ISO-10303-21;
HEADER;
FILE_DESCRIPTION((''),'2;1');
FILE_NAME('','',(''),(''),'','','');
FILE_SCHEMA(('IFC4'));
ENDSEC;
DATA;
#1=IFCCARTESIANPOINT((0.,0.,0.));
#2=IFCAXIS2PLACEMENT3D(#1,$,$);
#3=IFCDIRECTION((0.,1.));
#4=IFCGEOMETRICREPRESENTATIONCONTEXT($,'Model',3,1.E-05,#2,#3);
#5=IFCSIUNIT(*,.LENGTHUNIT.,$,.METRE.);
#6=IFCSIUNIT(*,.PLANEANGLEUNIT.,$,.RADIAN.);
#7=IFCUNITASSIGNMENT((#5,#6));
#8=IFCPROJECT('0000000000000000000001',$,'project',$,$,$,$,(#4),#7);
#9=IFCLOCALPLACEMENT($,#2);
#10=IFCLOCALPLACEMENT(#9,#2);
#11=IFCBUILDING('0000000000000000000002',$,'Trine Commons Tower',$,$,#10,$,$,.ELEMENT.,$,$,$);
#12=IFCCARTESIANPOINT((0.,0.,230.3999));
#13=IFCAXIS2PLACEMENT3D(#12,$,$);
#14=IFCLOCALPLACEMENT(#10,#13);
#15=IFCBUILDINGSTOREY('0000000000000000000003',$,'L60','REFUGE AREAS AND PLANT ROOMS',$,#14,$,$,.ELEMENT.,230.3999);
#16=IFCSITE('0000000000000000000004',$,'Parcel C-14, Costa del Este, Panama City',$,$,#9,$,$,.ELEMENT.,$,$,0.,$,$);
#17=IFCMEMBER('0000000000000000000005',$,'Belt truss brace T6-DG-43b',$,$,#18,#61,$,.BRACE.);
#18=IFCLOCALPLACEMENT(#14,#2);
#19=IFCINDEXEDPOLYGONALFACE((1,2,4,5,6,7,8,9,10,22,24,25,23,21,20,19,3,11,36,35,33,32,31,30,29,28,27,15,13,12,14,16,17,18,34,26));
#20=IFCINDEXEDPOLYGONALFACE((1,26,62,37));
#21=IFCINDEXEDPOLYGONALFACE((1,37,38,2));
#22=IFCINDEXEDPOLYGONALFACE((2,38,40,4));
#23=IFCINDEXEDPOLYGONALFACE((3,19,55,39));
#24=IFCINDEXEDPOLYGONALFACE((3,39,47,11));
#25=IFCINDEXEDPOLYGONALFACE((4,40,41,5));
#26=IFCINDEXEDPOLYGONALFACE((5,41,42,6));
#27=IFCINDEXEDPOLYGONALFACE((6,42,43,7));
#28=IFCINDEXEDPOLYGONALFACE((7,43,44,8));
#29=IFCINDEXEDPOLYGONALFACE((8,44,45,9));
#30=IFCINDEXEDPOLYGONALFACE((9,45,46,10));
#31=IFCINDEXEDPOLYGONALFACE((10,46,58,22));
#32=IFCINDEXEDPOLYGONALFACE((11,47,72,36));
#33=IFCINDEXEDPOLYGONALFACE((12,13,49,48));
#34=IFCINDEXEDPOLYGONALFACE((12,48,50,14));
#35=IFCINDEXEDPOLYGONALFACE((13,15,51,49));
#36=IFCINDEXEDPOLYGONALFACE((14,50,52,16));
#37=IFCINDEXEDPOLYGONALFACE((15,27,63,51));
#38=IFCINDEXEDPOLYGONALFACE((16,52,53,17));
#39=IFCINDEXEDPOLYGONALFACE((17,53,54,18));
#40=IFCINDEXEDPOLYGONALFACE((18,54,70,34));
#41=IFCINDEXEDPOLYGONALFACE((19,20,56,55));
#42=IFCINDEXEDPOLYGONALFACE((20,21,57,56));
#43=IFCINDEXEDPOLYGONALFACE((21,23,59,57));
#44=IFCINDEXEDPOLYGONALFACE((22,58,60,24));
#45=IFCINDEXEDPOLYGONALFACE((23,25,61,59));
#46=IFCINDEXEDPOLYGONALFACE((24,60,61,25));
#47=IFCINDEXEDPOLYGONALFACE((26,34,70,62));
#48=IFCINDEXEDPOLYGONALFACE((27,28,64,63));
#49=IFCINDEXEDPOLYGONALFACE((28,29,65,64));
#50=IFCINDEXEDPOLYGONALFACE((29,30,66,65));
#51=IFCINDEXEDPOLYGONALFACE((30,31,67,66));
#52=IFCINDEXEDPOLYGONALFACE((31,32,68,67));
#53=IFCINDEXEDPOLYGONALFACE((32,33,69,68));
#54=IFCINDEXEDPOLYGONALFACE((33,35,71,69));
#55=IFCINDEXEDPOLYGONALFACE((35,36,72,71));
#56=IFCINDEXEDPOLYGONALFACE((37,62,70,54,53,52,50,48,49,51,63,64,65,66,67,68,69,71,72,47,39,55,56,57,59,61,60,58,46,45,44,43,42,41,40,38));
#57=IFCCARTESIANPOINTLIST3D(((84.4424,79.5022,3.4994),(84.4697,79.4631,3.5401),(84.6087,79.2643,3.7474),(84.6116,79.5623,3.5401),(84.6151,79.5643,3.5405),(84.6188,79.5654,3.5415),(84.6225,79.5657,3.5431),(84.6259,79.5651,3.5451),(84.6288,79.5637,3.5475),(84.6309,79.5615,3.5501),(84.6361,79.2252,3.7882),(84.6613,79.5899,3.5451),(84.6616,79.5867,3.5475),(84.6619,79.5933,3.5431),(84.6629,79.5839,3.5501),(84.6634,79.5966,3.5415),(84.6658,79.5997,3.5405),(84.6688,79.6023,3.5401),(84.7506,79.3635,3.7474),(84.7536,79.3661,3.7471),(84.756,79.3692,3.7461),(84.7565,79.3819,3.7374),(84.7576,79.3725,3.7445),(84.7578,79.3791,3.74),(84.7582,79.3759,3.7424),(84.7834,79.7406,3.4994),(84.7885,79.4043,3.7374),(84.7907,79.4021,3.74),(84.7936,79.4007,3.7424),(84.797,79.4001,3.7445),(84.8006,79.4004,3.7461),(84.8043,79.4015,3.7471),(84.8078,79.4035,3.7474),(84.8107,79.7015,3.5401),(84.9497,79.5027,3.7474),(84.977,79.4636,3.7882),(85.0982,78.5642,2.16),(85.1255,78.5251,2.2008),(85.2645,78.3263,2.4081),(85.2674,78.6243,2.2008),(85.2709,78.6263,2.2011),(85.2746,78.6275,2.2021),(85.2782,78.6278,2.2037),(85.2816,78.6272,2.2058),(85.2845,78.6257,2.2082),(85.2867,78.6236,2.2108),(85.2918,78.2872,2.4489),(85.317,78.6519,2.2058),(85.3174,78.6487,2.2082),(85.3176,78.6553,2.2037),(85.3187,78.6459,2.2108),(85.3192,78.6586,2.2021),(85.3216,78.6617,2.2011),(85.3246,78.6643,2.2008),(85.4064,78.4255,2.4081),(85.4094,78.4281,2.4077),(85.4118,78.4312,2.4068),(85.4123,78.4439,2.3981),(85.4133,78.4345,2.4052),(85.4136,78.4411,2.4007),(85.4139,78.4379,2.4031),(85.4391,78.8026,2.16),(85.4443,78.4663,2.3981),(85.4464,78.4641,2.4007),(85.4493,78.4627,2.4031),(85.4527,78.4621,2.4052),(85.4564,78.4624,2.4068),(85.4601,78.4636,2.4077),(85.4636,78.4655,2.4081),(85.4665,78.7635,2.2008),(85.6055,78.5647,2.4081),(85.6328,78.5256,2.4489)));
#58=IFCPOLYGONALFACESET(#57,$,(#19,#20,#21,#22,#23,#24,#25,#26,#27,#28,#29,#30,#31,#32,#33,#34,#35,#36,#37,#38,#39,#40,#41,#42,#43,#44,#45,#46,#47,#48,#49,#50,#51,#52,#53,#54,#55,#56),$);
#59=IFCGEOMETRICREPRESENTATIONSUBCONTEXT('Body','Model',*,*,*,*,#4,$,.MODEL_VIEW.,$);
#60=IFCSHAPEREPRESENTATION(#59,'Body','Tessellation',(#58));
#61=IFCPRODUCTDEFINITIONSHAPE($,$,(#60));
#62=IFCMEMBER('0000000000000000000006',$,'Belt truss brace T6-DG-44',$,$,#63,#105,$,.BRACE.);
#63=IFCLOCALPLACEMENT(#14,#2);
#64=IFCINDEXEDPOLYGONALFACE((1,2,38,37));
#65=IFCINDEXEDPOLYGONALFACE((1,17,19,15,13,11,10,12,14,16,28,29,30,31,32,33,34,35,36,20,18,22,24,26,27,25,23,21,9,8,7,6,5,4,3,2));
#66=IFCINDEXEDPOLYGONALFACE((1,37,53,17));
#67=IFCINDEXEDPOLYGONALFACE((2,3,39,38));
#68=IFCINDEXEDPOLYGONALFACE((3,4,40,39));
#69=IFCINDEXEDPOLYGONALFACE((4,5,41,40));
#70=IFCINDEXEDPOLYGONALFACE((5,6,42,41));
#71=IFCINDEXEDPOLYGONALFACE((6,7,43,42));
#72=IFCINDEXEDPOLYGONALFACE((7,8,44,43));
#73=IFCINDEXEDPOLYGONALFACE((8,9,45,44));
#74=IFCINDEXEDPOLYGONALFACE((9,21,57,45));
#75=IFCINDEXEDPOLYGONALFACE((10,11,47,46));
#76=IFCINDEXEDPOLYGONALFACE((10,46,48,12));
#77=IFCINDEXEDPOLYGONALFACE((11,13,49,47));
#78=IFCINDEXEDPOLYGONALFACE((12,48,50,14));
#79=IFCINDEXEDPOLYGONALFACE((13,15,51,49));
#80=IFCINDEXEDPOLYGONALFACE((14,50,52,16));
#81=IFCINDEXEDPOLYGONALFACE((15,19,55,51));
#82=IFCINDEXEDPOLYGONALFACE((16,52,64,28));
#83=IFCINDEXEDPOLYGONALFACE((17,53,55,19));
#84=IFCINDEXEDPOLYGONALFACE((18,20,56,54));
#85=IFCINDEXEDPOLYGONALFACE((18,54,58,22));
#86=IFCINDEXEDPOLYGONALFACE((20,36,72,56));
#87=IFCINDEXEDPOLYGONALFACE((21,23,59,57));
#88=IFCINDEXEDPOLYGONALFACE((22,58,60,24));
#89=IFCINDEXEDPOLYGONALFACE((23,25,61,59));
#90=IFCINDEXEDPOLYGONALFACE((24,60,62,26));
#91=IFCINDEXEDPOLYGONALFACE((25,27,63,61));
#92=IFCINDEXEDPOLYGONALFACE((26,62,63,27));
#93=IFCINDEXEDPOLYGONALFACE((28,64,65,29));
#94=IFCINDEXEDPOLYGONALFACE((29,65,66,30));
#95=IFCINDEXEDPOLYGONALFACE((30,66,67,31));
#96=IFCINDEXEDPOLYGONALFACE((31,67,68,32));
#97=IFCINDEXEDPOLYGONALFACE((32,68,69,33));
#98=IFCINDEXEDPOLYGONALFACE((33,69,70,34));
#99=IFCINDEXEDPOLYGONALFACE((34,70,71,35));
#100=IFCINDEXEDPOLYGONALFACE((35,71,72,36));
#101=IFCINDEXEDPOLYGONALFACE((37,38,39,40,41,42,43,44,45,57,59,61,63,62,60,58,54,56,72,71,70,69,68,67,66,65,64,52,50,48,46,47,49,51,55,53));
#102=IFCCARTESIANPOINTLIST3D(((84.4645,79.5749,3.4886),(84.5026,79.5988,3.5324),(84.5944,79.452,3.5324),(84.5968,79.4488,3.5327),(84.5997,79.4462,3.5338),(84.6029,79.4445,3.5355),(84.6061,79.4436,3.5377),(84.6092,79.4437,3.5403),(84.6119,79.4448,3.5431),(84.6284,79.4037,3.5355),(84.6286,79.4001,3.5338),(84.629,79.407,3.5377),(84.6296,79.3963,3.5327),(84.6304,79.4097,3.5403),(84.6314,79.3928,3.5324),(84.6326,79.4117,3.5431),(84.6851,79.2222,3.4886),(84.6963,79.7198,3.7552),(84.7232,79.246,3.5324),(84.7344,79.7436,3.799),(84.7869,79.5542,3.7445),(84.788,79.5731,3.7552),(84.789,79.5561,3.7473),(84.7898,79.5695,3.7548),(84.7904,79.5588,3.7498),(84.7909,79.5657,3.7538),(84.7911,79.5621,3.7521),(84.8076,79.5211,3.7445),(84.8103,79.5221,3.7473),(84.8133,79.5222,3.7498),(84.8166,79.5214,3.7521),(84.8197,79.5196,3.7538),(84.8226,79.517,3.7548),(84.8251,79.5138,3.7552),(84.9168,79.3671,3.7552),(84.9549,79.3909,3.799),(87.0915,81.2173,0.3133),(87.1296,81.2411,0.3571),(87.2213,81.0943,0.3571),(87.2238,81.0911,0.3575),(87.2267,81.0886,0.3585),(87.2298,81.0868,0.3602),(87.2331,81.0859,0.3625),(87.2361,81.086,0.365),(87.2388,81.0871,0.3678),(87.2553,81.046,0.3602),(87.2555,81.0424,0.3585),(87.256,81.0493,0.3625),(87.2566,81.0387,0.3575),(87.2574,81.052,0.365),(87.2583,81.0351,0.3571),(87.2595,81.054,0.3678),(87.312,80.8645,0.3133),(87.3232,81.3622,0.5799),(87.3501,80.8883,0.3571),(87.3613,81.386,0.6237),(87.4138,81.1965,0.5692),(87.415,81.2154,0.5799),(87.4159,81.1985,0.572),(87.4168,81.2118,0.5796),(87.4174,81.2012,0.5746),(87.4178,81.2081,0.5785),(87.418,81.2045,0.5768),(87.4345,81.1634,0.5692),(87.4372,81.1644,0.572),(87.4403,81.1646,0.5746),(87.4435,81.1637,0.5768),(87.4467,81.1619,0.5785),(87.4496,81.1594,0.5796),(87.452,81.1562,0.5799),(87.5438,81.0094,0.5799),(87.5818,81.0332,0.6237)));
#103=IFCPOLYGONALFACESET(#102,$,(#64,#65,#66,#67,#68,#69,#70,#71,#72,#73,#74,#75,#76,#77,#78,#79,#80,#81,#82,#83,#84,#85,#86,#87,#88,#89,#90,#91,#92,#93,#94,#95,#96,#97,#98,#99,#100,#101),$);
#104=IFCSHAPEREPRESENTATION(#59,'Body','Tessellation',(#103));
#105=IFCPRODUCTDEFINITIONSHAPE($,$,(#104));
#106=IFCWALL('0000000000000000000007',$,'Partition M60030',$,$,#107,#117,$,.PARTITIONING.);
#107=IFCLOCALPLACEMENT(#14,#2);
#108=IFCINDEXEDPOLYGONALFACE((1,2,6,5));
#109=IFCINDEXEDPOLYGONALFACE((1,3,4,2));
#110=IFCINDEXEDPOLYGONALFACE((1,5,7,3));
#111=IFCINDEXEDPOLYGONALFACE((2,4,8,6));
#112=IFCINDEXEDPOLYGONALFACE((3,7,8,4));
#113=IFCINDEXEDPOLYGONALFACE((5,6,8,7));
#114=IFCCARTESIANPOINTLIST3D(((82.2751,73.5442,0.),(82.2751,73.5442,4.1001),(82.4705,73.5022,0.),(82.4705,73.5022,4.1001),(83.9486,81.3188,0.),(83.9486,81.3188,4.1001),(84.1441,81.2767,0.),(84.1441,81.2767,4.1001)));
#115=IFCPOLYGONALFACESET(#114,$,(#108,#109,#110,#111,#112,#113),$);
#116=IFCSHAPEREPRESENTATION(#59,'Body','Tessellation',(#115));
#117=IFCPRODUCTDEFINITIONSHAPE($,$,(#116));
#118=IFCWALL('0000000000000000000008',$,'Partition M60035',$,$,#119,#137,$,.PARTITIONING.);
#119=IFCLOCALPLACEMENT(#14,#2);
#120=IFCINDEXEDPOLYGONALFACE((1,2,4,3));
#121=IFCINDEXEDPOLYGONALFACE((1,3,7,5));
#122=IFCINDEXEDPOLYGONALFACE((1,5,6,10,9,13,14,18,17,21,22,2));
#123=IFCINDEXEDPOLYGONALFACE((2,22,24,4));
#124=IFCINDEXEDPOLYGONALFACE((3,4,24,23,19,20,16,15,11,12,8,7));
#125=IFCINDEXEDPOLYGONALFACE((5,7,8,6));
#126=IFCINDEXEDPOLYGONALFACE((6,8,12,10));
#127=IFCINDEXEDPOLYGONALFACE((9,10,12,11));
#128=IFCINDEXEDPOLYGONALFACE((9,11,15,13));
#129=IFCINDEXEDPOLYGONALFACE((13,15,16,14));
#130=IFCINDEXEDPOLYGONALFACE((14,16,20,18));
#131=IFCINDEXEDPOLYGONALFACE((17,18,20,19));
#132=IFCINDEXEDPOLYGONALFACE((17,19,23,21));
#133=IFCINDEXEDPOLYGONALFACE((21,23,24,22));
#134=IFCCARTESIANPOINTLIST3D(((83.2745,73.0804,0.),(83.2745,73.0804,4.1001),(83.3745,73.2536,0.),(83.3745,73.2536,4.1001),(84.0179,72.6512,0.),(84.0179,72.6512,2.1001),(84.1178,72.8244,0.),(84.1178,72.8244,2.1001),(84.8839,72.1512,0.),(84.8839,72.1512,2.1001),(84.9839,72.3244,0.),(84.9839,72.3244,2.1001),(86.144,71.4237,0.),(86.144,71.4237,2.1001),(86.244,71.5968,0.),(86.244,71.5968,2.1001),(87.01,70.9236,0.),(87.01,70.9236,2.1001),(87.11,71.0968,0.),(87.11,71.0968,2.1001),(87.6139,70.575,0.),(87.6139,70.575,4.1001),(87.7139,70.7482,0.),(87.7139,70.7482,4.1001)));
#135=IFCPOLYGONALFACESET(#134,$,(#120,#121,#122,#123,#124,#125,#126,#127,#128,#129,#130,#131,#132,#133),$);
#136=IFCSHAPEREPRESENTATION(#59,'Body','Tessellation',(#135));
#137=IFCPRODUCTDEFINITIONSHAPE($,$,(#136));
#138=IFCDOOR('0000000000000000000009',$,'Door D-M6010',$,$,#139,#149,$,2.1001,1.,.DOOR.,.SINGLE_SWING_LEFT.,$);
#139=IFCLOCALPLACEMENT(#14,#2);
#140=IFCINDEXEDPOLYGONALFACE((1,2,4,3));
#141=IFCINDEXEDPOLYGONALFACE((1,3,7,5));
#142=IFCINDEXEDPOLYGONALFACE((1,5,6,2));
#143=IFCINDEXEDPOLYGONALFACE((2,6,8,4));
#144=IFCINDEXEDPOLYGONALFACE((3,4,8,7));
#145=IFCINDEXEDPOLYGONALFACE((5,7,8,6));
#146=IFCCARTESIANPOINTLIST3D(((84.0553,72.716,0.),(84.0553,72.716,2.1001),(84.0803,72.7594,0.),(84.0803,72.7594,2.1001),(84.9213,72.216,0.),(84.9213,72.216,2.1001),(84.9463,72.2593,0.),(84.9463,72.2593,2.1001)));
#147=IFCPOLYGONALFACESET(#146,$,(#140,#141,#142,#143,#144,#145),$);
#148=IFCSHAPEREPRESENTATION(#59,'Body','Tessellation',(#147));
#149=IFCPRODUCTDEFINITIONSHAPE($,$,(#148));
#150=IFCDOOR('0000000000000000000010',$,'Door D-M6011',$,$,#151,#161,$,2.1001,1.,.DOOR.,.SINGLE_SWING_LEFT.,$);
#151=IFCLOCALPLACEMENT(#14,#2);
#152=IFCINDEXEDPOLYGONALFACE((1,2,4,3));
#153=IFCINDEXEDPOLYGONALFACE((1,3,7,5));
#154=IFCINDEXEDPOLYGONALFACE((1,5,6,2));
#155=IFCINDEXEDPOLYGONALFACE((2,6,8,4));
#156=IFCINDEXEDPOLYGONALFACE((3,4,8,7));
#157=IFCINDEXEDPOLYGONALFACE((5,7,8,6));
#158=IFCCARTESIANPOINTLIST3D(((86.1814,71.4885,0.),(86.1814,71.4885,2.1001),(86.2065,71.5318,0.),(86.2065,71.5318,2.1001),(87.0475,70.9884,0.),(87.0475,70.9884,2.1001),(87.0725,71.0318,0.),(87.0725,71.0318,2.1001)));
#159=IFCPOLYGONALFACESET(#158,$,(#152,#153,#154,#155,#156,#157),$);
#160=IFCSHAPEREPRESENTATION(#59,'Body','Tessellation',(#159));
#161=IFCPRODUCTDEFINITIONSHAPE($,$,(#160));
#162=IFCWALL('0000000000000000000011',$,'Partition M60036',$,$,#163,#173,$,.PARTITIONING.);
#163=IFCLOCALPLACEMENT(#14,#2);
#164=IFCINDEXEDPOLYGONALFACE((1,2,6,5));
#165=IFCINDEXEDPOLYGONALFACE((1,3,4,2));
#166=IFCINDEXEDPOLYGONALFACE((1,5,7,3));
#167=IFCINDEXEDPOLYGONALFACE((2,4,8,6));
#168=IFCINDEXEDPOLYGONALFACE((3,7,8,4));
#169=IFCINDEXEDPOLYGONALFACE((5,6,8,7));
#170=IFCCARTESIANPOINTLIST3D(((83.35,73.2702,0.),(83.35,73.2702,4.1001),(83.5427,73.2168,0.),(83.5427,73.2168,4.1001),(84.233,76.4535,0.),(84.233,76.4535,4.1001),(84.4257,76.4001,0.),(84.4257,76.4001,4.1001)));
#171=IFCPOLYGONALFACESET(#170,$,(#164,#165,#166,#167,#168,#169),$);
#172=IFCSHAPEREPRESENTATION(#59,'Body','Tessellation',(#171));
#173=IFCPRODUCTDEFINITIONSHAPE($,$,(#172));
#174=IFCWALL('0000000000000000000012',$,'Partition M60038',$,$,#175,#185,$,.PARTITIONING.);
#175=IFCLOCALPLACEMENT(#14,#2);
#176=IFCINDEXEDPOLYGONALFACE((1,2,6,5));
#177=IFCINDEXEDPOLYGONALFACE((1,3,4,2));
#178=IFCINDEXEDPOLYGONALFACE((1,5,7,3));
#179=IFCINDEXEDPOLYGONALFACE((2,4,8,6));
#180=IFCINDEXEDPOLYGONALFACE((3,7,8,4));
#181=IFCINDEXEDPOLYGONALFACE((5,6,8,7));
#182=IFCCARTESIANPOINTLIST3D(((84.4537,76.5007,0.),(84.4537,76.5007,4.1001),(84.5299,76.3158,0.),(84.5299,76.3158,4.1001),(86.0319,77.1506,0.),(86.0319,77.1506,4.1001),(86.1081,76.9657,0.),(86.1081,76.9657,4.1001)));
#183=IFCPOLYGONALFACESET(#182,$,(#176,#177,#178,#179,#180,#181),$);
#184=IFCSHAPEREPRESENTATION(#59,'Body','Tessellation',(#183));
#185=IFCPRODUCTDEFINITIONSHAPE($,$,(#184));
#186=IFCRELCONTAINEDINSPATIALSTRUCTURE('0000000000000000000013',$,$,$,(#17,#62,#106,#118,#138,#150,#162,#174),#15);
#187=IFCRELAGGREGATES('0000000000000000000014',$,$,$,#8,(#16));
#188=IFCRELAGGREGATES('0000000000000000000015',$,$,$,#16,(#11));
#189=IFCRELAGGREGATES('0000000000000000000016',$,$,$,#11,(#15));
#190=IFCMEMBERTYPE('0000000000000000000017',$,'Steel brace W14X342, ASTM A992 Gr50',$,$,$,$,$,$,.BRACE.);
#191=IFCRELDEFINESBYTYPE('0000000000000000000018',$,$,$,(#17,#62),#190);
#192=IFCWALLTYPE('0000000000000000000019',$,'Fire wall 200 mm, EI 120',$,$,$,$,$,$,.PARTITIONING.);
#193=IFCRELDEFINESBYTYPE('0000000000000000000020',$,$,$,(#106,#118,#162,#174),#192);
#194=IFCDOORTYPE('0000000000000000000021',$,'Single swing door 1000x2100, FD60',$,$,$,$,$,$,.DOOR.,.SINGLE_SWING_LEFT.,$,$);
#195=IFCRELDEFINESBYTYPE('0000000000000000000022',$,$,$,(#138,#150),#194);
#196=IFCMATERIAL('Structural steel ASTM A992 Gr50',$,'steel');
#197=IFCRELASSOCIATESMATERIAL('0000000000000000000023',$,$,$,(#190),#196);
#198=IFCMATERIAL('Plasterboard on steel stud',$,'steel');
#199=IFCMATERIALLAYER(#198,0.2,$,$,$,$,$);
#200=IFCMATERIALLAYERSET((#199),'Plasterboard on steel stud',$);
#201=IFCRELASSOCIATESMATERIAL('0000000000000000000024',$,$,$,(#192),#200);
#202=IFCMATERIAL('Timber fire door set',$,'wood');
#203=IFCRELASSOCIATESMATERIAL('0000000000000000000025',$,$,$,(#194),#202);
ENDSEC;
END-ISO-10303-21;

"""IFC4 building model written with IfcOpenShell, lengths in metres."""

from ifc_helpers import new_model, si_unit, direction, frame, frame_2d, origin, origin_2d, place, context, subcontext, project, spatial, rectangle, i_section, extrude, material, layer, layer_set, material_profile, profile_set, type_object, element, fill, save


model = new_model("IFC4")

# Units and contexts
model_context = context("Model", 3, precision=1e-05, world=origin(), true_north=direction((0.0, 1.0)))
body_context = subcontext(model_context, "Body", "Model", "MODEL_VIEW")
ifc_project = project(units=[si_unit("LENGTHUNIT", "METRE"), si_unit("PLANEANGLEUNIT", "RADIAN")], contexts=[model_context])

# Site, building, storey
site_placement = place(None, origin())
site = spatial("IfcSite", under=ifc_project, at=site_placement, Name="Parcel C-14, Costa del Este, Panama City", CompositionType="ELEMENT", RefElevation=0.0)
building_placement = place(site_placement, origin())
building = spatial("IfcBuilding", under=site, at=building_placement, Name="Trine Commons Tower", CompositionType="ELEMENT")
storey_placement = place(building_placement, frame((0.0, 0.0, 230.3999)))
storey = spatial("IfcBuildingStorey", under=building, at=storey_placement, Name="L60", Description="REFUGE AREAS AND PLANT ROOMS", CompositionType="ELEMENT", Elevation=230.3999)

# Shared definitions
ifc_material_1 = material(Name="Structural steel ASTM A992 Gr50", Category="steel")

# Members
ifc_material_profile_1 = material_profile(ifc_material_1, i_section(OverallWidth=0.416, OverallDepth=0.4446, WebThickness=0.0391, FlangeThickness=0.0627, FilletRadius=0.0154, at=origin_2d()), Name="W14X342")
ifc_profile_set_1 = profile_set([ifc_material_profile_1], Name="Structural steel ASTM A992 Gr50")
member_type = type_object("IfcMemberType", Name="Steel brace W14X342, ASTM A992 Gr50", PredefinedType="BRACE", material=ifc_profile_set_1)
member_1_placement = place(storey_placement, frame((85.3655, 78.5449, 2.3044), z_axis=(-0.372224, 0.532422, 0.760247), x_axis=(-0.819573, -0.572975, 0.0)))
element("IfcMember", 1, at=member_1_placement, inside=storey, type_object=member_type, Name="Belt truss brace T6-DG-43b", PredefinedType="BRACE", context=body_context, shape_type="SweptSolid", body=[
    extrude(i_section(OverallWidth=0.416, OverallDepth=0.4446, WebThickness=0.0391, FlangeThickness=0.0627, FilletRadius=0.0154, at=origin_2d()), origin(), (0.0, 0.0, 1.0), 1.7617),
])
member_2_placement = place(storey_placement, frame((87.3367, 81.1252, 0.4685), z_axis=(-0.592152, -0.370205, 0.715755), x_axis=(0.530112, -0.847927, 0.0)))
element("IfcMember", 2, at=member_2_placement, inside=storey, type_object=member_type, Name="Belt truss brace T6-DG-44", PredefinedType="BRACE", context=body_context, shape_type="SweptSolid", body=[
    extrude(i_section(OverallWidth=0.416, OverallDepth=0.4446, WebThickness=0.0391, FlangeThickness=0.0627, FilletRadius=0.0154, at=origin_2d()), origin(), (0.0, 0.0, 1.0), 4.4363),
])

# Wall
ifc_material_2 = material(Name="Plasterboard on steel stud", Category="steel")
ifc_layer = layer(ifc_material_2, 0.2)
ifc_layer_set = layer_set([ifc_layer], Name="Plasterboard on steel stud")
wall_type = type_object("IfcWallType", Name="Fire wall 200 mm, EI 120", PredefinedType="PARTITIONING", material=ifc_layer_set)
wall_1_placement = place(storey_placement, frame((82.3728, 73.5232, 0.0), z_axis=(0.0, 0.0, 1.0), x_axis=(0.210441, 0.977607, 0.0)))
element("IfcWall", 3, at=wall_1_placement, inside=storey, type_object=wall_type, Name="Partition M60030", PredefinedType="PARTITIONING", context=body_context, shape_type="SweptSolid", body=[
    extrude(rectangle(XDim=7.9526, YDim=0.2, at=frame_2d((3.9763, 0.0))), origin(), (0.0, 0.0, 1.0), 4.1001),
])

# Wall, openings, doors
wall_2_placement = place(storey_placement, frame((83.3245, 73.167, 0.0), z_axis=(0.0, 0.0, 1.0), x_axis=(0.866022, -0.500006, 0.0)))
wall_2 = element("IfcWall", 4, at=wall_2_placement, inside=storey, type_object=wall_type, Name="Partition M60035", PredefinedType="PARTITIONING", context=body_context, shape_type="SweptSolid", body=[
    extrude(rectangle(XDim=5.0107, YDim=0.2, at=frame_2d((2.5054, 0.0))), origin(), (0.0, 0.0, 1.0), 4.1001),
])
opening_1_placement = place(wall_2_placement, frame((0.8584, 0.0, 0.0)))
opening_1 = element("IfcOpeningElement", 5, at=opening_1_placement, cuts=wall_2, PredefinedType="OPENING", context=body_context, shape_type="SweptSolid", body=[
    extrude(rectangle(XDim=1.0, YDim=2.1001, at=frame_2d((0.5, 1.05))), frame((0.0, 0.1099, 0.0), z_axis=(0.0, -1.0, 0.0), x_axis=(1.0, 0.0, 0.0)), (0.0, 0.0, 1.0), 0.22),
])
opening_2_placement = place(wall_2_placement, frame((3.3135, 0.0, 0.0)))
opening_2 = element("IfcOpeningElement", 6, at=opening_2_placement, cuts=wall_2, PredefinedType="OPENING", context=body_context, shape_type="SweptSolid", body=[
    extrude(rectangle(XDim=1.0, YDim=2.1001, at=frame_2d((0.5, 1.05))), frame((0.0, 0.1099, 0.0), z_axis=(0.0, -1.0, 0.0), x_axis=(1.0, 0.0, 0.0)), (0.0, 0.0, 1.0), 0.22),
])
ifc_material_3 = material(Name="Timber fire door set", Category="wood")
door_type = type_object("IfcDoorType", Name="Single swing door 1000x2100, FD60", OperationType="SINGLE_SWING_LEFT", PredefinedType="DOOR", material=ifc_material_3)
door_1_placement = place(opening_1_placement, origin())
door_1 = element("IfcDoor", 7, at=door_1_placement, inside=storey, type_object=door_type, Name="Door D-M6010", OperationType="SINGLE_SWING_LEFT", OverallHeight=2.1001, OverallWidth=1.0, PredefinedType="DOOR", context=body_context, shape_type="SweptSolid", body=[
    extrude(rectangle(XDim=1.0, YDim=2.1001, at=frame_2d((0.5, 1.05))), frame((0.0, 0.0249, 0.0), z_axis=(0.0, -1.0, 0.0), x_axis=(1.0, 0.0, 0.0)), (0.0, 0.0, 1.0), 0.05),
])
fill(opening_1, door_1)
door_2_placement = place(opening_2_placement, origin())
door_2 = element("IfcDoor", 8, at=door_2_placement, inside=storey, type_object=door_type, Name="Door D-M6011", OperationType="SINGLE_SWING_LEFT", OverallHeight=2.1001, OverallWidth=1.0, PredefinedType="DOOR", context=body_context, shape_type="SweptSolid", body=[
    extrude(rectangle(XDim=1.0, YDim=2.1001, at=frame_2d((0.5, 1.05))), frame((0.0, 0.0249, 0.0), z_axis=(0.0, -1.0, 0.0), x_axis=(1.0, 0.0, 0.0)), (0.0, 0.0, 1.0), 0.05),
])
fill(opening_2, door_2)

# Walls
wall_3_placement = place(storey_placement, frame((83.4463, 73.2434, 0.0), z_axis=(0.0, 0.0, 1.0), x_axis=(0.267305, 0.963612, 0.0)))
element("IfcWall", 9, at=wall_3_placement, inside=storey, type_object=wall_type, Name="Partition M60036", PredefinedType="PARTITIONING", context=body_context, shape_type="SweptSolid", body=[
    extrude(rectangle(XDim=3.3035, YDim=0.2, at=frame_2d((1.6519, 0.0))), origin(), (0.0, 0.0, 1.0), 4.1001),
])
wall_4_placement = place(storey_placement, frame((84.4917, 76.4082, 0.0), z_axis=(0.0, 0.0, 1.0), x_axis=(0.92466, 0.380793, 0.0)))
element("IfcWall", 10, at=wall_4_placement, inside=storey, type_object=wall_type, Name="Partition M60038", PredefinedType="PARTITIONING", context=body_context, shape_type="SweptSolid", body=[
    extrude(rectangle(XDim=1.7068, YDim=0.2, at=frame_2d((0.8535, 0.0))), origin(), (0.0, 0.0, 1.0), 4.1001),
])

save(model, "model.ifc")
